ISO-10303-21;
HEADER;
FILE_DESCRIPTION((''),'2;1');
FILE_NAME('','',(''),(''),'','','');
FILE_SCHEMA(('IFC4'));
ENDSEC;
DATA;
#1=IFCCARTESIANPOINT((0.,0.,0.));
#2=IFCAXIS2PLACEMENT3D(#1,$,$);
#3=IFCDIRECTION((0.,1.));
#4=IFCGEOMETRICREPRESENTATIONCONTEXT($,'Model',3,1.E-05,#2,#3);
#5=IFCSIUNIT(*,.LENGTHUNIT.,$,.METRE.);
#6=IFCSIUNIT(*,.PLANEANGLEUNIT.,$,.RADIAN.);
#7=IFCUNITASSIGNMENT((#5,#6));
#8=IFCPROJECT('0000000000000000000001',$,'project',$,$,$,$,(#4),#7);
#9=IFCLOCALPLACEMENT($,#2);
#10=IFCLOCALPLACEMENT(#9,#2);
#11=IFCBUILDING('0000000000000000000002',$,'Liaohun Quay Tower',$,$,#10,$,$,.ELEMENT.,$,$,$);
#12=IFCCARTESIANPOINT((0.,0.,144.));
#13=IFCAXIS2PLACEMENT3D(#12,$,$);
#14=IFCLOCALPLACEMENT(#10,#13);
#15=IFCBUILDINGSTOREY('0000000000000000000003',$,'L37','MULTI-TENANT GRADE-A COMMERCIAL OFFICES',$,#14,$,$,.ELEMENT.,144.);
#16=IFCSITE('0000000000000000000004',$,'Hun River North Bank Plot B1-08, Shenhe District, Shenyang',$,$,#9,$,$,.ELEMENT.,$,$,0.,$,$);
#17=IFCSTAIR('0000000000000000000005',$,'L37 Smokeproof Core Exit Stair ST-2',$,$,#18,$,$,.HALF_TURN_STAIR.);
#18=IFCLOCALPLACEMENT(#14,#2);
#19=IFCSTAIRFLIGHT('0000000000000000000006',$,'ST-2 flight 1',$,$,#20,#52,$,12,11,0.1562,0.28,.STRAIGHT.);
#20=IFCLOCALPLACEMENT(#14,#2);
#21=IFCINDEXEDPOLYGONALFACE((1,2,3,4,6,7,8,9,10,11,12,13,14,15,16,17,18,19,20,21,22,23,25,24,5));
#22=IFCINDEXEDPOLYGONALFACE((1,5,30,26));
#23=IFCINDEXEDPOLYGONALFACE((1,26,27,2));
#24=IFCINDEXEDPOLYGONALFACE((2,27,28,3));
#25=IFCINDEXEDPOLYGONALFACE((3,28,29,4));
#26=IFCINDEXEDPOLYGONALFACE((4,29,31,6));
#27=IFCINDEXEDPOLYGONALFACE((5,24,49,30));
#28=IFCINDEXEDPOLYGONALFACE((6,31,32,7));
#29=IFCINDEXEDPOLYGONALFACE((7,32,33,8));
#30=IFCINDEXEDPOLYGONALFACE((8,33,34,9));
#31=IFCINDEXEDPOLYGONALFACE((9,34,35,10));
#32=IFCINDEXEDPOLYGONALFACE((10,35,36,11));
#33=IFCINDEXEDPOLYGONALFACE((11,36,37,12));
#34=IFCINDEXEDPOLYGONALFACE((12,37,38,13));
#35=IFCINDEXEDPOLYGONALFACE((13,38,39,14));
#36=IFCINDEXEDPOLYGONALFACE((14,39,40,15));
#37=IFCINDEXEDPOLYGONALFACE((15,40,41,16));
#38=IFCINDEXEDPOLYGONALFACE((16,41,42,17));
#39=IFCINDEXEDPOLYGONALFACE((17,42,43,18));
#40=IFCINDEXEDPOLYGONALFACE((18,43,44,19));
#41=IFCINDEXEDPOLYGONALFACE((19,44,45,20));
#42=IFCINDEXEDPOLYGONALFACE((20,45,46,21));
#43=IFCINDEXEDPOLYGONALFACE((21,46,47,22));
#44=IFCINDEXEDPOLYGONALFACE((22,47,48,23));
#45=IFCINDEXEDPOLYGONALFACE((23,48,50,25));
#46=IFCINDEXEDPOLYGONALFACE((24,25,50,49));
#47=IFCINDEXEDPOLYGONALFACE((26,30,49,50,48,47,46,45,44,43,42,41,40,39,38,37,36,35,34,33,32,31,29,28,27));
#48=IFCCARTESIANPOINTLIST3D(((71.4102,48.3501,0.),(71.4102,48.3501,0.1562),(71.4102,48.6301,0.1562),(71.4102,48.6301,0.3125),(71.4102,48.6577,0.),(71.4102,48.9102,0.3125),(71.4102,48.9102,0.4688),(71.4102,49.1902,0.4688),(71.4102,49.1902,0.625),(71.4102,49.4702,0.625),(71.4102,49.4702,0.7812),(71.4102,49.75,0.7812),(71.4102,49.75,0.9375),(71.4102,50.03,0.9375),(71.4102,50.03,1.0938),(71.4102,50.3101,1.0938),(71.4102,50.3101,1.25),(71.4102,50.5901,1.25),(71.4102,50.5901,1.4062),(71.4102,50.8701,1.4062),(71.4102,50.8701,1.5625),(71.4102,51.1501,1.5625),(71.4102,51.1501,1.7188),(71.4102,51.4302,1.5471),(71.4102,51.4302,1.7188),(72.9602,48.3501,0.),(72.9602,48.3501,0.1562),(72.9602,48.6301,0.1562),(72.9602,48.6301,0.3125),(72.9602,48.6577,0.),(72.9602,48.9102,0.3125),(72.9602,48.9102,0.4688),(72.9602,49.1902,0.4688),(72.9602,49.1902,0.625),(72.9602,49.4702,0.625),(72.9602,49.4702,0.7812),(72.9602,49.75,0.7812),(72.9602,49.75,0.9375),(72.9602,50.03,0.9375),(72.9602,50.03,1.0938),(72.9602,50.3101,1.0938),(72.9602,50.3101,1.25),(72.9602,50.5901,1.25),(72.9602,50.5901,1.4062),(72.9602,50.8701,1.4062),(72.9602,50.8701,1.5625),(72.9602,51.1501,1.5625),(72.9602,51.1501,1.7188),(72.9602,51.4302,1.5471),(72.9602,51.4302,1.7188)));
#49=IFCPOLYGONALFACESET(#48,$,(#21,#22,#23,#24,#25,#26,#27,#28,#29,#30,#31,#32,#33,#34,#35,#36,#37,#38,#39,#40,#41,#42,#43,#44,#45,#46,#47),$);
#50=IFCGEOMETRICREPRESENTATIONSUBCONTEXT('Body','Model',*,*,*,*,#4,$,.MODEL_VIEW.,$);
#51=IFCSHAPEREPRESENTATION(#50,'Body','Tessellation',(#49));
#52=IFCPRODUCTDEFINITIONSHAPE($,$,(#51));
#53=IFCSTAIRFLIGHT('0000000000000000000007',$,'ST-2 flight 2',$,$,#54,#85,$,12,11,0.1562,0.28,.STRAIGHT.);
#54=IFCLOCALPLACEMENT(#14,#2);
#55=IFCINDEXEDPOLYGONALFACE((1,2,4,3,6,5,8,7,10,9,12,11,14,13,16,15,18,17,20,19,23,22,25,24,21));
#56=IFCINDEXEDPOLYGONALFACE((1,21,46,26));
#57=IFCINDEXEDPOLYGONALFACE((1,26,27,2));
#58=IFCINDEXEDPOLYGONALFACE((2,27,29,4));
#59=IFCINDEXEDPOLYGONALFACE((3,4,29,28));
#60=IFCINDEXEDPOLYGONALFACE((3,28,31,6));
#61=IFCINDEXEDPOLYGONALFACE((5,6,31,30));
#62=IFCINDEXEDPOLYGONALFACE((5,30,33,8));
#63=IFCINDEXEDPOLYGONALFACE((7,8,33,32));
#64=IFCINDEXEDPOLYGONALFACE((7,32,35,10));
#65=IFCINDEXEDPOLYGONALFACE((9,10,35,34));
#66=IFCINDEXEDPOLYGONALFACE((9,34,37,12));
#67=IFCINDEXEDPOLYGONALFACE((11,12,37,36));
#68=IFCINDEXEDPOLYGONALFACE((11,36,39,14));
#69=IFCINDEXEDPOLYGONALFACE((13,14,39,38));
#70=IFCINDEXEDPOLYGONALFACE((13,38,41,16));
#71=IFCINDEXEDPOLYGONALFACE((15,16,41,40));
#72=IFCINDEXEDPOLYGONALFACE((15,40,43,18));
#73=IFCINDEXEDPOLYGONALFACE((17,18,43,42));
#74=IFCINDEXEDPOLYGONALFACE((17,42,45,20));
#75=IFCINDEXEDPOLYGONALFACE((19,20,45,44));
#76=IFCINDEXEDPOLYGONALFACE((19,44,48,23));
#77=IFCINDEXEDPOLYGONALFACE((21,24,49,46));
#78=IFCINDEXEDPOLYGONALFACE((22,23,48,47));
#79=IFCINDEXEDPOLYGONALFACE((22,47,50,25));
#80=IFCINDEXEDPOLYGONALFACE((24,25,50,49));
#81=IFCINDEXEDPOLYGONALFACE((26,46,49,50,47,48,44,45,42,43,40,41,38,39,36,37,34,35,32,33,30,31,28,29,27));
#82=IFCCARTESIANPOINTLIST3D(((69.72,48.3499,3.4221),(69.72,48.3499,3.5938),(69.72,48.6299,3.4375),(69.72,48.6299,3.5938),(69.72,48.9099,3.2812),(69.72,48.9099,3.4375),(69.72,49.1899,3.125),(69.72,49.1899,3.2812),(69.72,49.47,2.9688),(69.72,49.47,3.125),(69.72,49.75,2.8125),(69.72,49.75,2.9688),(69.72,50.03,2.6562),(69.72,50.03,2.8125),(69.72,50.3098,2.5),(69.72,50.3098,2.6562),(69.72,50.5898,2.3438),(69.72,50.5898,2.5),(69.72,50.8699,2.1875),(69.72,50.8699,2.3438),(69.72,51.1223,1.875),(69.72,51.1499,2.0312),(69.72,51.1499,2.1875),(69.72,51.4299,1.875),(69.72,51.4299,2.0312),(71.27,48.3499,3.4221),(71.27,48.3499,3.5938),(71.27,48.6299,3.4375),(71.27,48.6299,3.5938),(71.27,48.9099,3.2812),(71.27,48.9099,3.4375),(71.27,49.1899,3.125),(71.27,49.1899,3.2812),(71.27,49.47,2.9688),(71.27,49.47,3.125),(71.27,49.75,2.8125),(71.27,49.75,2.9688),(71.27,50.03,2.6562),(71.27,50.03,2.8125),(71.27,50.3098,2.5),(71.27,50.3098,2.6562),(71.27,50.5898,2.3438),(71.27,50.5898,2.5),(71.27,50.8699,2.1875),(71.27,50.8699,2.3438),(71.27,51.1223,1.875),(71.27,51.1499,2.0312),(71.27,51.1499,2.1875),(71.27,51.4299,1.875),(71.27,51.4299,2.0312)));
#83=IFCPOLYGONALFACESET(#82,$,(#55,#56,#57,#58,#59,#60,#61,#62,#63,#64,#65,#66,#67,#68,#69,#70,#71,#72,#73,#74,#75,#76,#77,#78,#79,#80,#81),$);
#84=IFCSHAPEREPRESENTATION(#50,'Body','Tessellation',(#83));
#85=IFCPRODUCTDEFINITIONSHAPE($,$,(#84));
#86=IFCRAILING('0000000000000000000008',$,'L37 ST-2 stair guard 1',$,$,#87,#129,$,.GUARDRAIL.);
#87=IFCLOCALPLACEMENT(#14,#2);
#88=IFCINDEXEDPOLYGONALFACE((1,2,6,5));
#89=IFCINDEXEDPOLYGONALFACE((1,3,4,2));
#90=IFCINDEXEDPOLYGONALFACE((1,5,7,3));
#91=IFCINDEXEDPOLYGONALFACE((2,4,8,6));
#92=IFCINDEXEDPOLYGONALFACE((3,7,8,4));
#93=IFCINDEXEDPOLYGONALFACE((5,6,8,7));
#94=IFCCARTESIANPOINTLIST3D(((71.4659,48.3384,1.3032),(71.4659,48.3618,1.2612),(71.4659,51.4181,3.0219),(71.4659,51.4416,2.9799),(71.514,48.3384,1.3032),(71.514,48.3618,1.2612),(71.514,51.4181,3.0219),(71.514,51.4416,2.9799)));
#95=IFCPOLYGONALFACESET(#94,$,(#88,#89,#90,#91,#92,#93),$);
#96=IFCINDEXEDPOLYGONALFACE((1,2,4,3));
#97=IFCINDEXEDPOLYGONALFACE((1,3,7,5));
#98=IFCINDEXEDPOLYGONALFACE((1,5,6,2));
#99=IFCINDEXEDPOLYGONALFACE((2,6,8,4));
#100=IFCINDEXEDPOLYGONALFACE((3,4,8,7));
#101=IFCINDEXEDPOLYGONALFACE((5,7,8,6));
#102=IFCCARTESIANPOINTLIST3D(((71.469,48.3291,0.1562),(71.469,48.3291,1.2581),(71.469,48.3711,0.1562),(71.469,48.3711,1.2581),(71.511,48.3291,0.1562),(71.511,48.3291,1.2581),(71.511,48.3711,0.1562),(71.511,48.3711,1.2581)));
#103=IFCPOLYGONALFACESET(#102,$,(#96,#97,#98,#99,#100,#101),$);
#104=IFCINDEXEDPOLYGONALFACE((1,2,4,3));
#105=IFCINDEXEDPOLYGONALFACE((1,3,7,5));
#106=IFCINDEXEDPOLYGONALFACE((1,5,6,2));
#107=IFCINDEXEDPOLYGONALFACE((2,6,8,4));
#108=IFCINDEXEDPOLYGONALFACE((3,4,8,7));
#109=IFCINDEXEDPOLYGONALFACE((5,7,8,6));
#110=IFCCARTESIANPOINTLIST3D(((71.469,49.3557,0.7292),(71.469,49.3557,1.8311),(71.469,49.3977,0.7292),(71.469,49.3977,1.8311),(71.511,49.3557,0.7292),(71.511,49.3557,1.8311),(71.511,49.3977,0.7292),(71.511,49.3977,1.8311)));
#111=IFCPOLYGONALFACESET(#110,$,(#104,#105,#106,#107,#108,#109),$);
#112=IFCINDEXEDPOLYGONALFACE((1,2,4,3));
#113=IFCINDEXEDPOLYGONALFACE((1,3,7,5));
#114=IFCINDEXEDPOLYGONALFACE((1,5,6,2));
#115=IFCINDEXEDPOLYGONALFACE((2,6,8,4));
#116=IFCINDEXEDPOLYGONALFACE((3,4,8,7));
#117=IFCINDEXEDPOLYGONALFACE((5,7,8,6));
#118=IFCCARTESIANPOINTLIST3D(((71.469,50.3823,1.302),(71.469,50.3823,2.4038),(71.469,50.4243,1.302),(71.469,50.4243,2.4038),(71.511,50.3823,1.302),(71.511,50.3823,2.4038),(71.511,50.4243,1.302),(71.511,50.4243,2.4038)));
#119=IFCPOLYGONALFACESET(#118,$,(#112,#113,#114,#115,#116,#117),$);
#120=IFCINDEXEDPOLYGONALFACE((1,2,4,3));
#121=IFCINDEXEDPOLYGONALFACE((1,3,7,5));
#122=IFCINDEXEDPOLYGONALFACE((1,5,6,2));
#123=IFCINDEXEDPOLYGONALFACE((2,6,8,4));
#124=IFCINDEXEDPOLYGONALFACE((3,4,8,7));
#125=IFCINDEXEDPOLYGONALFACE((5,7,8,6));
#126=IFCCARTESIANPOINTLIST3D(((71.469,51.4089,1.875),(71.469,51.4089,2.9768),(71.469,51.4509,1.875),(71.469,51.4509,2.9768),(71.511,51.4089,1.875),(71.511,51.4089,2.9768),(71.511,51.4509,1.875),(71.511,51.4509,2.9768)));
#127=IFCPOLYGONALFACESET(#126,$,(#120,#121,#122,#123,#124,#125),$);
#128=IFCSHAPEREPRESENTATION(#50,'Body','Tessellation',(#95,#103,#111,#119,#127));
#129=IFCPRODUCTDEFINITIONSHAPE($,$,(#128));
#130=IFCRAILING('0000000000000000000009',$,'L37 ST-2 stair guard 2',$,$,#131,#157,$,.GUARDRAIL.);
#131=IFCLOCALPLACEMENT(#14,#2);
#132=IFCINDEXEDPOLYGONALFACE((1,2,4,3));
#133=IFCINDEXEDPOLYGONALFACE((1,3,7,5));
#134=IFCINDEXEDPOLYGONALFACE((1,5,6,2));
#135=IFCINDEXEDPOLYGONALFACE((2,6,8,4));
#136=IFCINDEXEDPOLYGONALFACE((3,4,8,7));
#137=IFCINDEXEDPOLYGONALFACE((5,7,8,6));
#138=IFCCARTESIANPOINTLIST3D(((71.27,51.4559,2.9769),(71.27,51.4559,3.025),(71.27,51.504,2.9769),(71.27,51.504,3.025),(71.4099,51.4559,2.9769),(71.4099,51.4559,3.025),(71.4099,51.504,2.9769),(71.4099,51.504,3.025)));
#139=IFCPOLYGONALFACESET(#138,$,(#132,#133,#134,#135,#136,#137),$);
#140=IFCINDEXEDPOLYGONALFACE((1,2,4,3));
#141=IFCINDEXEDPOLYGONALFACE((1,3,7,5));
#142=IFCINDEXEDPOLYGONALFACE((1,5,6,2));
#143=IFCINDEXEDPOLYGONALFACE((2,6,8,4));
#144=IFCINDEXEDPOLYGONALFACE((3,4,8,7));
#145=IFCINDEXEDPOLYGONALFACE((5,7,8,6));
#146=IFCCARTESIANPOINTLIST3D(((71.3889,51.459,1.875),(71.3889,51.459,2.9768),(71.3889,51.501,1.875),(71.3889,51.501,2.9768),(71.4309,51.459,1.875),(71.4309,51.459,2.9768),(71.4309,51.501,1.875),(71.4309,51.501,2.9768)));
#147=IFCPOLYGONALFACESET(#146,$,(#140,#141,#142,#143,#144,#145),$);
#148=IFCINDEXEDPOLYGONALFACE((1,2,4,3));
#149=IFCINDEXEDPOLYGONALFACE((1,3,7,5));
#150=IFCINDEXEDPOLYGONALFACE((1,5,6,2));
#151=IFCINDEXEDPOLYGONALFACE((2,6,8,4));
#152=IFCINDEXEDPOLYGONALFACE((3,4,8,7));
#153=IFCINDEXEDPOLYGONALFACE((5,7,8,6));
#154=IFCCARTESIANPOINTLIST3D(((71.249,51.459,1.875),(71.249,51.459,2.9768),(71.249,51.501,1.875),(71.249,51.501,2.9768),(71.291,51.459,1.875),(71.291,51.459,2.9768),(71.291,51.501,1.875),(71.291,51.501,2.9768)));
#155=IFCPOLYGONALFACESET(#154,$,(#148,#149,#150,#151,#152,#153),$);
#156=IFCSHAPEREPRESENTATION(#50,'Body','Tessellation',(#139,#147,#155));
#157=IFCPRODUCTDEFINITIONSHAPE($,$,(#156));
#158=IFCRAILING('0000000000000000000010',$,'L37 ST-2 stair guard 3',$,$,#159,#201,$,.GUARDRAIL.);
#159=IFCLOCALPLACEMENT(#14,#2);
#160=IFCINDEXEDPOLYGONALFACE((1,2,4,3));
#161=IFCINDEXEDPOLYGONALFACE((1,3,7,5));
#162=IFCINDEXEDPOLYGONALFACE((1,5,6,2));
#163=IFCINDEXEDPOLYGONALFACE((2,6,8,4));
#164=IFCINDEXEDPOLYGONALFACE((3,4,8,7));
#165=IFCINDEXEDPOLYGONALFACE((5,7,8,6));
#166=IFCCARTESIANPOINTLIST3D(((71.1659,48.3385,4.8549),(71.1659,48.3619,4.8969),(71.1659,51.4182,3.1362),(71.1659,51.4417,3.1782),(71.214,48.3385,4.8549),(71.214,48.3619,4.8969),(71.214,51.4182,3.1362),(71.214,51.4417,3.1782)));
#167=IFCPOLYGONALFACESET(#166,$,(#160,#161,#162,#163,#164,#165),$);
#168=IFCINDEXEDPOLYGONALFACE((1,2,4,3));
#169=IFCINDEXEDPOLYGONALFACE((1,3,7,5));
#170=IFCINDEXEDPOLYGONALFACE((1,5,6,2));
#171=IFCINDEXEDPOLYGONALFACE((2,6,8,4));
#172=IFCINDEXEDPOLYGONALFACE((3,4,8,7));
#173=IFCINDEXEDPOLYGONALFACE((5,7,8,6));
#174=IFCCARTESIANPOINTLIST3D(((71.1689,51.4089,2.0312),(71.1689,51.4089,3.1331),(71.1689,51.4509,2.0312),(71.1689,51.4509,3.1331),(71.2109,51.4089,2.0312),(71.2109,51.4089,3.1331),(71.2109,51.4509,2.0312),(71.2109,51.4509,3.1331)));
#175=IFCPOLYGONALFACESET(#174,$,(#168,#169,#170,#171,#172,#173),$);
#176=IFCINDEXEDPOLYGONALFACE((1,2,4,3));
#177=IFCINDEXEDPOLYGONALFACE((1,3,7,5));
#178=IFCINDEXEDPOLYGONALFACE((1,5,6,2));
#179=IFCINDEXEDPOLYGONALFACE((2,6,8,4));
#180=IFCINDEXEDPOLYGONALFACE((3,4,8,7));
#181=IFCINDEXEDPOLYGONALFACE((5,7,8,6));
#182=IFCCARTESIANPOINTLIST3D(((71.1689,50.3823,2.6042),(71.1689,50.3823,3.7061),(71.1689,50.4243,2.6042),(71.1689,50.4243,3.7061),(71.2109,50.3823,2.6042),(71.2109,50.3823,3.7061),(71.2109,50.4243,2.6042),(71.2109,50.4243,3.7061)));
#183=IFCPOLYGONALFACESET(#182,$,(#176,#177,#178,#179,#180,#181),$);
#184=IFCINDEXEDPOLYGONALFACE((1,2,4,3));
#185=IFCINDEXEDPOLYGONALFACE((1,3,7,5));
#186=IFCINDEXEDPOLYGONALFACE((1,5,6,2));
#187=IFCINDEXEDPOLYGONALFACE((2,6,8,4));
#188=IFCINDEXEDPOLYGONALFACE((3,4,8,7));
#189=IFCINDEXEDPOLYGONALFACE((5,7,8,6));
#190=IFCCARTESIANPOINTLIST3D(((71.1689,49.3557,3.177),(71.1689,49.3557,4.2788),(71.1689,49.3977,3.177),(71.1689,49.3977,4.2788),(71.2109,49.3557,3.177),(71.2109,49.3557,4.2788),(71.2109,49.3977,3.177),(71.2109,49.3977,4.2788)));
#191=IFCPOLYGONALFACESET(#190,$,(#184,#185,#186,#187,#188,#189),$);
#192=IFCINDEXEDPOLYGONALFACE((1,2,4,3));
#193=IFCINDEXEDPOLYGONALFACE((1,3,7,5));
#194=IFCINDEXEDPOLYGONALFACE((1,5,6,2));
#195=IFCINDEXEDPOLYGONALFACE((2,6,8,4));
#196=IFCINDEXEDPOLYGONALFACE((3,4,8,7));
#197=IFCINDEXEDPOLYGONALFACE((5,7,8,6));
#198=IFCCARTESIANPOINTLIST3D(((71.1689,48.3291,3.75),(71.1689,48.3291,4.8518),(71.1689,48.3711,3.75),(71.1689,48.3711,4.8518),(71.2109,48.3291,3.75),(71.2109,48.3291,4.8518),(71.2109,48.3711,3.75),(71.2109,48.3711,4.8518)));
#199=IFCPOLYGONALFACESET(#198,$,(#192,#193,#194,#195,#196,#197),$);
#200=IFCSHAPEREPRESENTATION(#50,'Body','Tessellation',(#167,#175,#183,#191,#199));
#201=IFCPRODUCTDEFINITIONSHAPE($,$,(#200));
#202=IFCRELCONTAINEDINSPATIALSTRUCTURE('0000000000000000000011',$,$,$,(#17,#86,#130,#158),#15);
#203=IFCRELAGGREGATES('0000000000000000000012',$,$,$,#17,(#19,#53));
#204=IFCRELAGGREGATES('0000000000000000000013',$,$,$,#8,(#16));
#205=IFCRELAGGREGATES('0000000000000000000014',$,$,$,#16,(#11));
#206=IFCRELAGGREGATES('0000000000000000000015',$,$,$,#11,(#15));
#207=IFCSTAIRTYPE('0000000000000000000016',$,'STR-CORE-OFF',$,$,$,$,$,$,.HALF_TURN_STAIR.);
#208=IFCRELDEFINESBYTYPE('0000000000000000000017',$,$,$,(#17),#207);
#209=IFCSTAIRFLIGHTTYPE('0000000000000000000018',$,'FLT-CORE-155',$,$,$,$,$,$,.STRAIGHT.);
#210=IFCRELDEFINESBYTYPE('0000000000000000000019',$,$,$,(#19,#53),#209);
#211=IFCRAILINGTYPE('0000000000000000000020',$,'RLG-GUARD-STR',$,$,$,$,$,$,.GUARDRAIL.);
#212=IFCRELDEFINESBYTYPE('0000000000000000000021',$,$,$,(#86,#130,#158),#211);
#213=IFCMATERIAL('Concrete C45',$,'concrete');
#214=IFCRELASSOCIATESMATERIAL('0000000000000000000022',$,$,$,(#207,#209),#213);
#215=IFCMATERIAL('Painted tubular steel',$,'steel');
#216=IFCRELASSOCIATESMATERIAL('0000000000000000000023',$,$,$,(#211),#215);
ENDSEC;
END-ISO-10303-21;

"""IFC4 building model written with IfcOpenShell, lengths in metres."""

from ifc_helpers import new_model, si_unit, direction, frame, origin, origin_2d, place, context, subcontext, project, spatial, polyline, rectangle, outline, extrude, material, type_object, element, aggregate, save


model = new_model("IFC4")

# Units and contexts
model_context = context("Model", 3, precision=1e-05, world=origin(), true_north=direction((0.0, 1.0)))
body_context = subcontext(model_context, "Body", "Model", "MODEL_VIEW")
ifc_project = project(units=[si_unit("LENGTHUNIT", "METRE"), si_unit("PLANEANGLEUNIT", "RADIAN")], contexts=[model_context])

# Site, building, storey
site_placement = place(None, origin())
site = spatial("IfcSite", under=ifc_project, at=site_placement, Name="Hun River North Bank Plot B1-08, Shenhe District, Shenyang", CompositionType="ELEMENT", RefElevation=0.0)
building_placement = place(site_placement, origin())
building = spatial("IfcBuilding", under=site, at=building_placement, Name="Liaohun Quay Tower", CompositionType="ELEMENT")
storey_placement = place(building_placement, frame((0.0, 0.0, 144.0)))
storey = spatial("IfcBuildingStorey", under=building, at=storey_placement, Name="L37", Description="MULTI-TENANT GRADE-A COMMERCIAL OFFICES", CompositionType="ELEMENT", Elevation=144.0)

# Stair, stair flights
ifc_material_1 = material(Name="Concrete C45", Category="concrete")
stair_type = type_object("IfcStairType", Name="STR-CORE-OFF", PredefinedType="HALF_TURN_STAIR", material=ifc_material_1)
stair_placement = place(storey_placement, origin())
stair = element("IfcStair", 1, at=stair_placement, inside=storey, type_object=stair_type, Name="L37 Smokeproof Core Exit Stair ST-2", PredefinedType="HALF_TURN_STAIR")
stair_flight_type = type_object("IfcStairFlightType", Name="FLT-CORE-155", PredefinedType="STRAIGHT", material=ifc_material_1)
stair_flight_1_placement = place(storey_placement, frame((72.1851, 48.3501, 0.0), z_axis=(0.0, 0.0, 1.0), x_axis=(0.0, 1.0, 0.0)))
stair_flight_1 = element("IfcStairFlight", 2, at=stair_flight_1_placement, type_object=stair_flight_type, Name="ST-2 flight 1", NumberOfRisers=12, NumberOfTreads=11, PredefinedType="STRAIGHT", RiserHeight=0.1562, TreadLength=0.28, context=body_context, shape_type="SweptSolid", body=[
    extrude(outline(polyline([(0.0, 0.0), (0.0, 0.1562), (0.28, 0.1562), (0.28, 0.3125), (0.5601, 0.3125), (0.5601, 0.4688), (0.8401, 0.4688), (0.8401, 0.625), (1.1201, 0.625), (1.1201, 0.7812), (1.3999, 0.7812), (1.3999, 0.9375), (1.6799, 0.9375), (1.6799, 1.0938), (1.96, 1.0938), (1.96, 1.25), (2.24, 1.25), (2.24, 1.4062), (2.52, 1.4062), (2.52, 1.5625), (2.8, 1.5625), (2.8, 1.7188), (3.0801, 1.7188), (3.0801, 1.875), (3.0801, 1.5471), (0.3076, 0.0), (0.0, 0.0)])), frame((0.0, 0.7749, 0.0), z_axis=(0.0, -1.0, 0.0), x_axis=(1.0, 0.0, 0.0)), (0.0, 0.0, 1.0), 1.55),
])
stair_flight_2_placement = place(storey_placement, frame((70.4951, 51.4299, 1.875), z_axis=(0.0, 0.0, 1.0), x_axis=(0.0, -1.0, 0.0)))
stair_flight_2 = element("IfcStairFlight", 3, at=stair_flight_2_placement, type_object=stair_flight_type, Name="ST-2 flight 2", NumberOfRisers=12, NumberOfTreads=11, PredefinedType="STRAIGHT", RiserHeight=0.1562, TreadLength=0.28, context=body_context, shape_type="SweptSolid", body=[
    extrude(outline(polyline([(0.0, 0.0), (0.0, 0.1562), (0.28, 0.1562), (0.28, 0.3125), (0.5601, 0.3125), (0.5601, 0.4688), (0.8401, 0.4688), (0.8401, 0.625), (1.1201, 0.625), (1.1201, 0.7812), (1.3999, 0.7812), (1.3999, 0.9375), (1.6799, 0.9375), (1.6799, 1.0938), (1.96, 1.0938), (1.96, 1.25), (2.24, 1.25), (2.24, 1.4062), (2.52, 1.4062), (2.52, 1.5625), (2.8, 1.5625), (2.8, 1.7188), (3.0801, 1.7188), (3.0801, 1.875), (3.0801, 1.5471), (0.3076, 0.0), (0.0, 0.0)])), frame((0.0, 0.7749, 0.0), z_axis=(0.0, -1.0, 0.0), x_axis=(1.0, 0.0, 0.0)), (0.0, 0.0, 1.0), 1.55),
])
aggregate(stair, [stair_flight_1, stair_flight_2])

# Railings
ifc_material_2 = material(Name="Painted tubular steel", Category="steel")
railing_type_1 = type_object("IfcRailingType", Name="RLG-GUARD-STR", PredefinedType="GUARDRAIL", material=ifc_material_2)
railing_1_placement = place(storey_placement, frame((71.49, 48.3501, 0.1562)))
element("IfcRailing", 4, at=railing_1_placement, inside=storey, type_object=railing_type_1, Name="L37 ST-2 stair guard 1", PredefinedType="GUARDRAIL", context=body_context, shape_type="SweptSolid", body=[
    extrude(rectangle(XDim=0.0481, YDim=0.0481, at=origin_2d()), frame((0.0, 0.0, 1.126), z_axis=(0.0, 0.873225, 0.487317), x_axis=(-1.0, 0.0, 0.0)), (0.0, 0.0, 1.0), 3.5269),
    extrude(rectangle(XDim=0.042, YDim=0.042, at=origin_2d()), origin(), (0.0, 0.0, 1.0), 1.1018),
    extrude(rectangle(XDim=0.042, YDim=0.042, at=origin_2d()), frame((0.0, 1.0266, 0.573)), (0.0, 0.0, 1.0), 1.1018),
    extrude(rectangle(XDim=0.042, YDim=0.042, at=origin_2d()), frame((0.0, 2.0532, 1.1458)), (0.0, 0.0, 1.0), 1.1018),
    extrude(rectangle(XDim=0.042, YDim=0.042, at=origin_2d()), frame((0.0, 3.0798, 1.7188)), (0.0, 0.0, 1.0), 1.1018),
])
railing_2_placement = place(storey_placement, frame((71.4099, 51.48, 1.875)))
element("IfcRailing", 5, at=railing_2_placement, inside=storey, type_object=railing_type_1, Name="L37 ST-2 stair guard 2", PredefinedType="GUARDRAIL", context=body_context, shape_type="SweptSolid", body=[
    extrude(rectangle(XDim=0.0481, YDim=0.0481, at=origin_2d()), frame((0.0, 0.0, 1.126), z_axis=(-1.0, 0.0, 0.0), x_axis=(0.0, -1.0, 0.0)), (0.0, 0.0, 1.0), 0.1399),
    extrude(rectangle(XDim=0.042, YDim=0.042, at=origin_2d()), origin(), (0.0, 0.0, 1.0), 1.1018),
    extrude(rectangle(XDim=0.042, YDim=0.042, at=origin_2d()), frame((-0.1399, 0.0, 0.0)), (0.0, 0.0, 1.0), 1.1018),
])
railing_3_placement = place(storey_placement, frame((71.1899, 51.4299, 2.0312)))
element("IfcRailing", 6, at=railing_3_placement, inside=storey, type_object=railing_type_1, Name="L37 ST-2 stair guard 3", PredefinedType="GUARDRAIL", context=body_context, shape_type="SweptSolid", body=[
    extrude(rectangle(XDim=0.0481, YDim=0.0481, at=origin_2d()), frame((0.0, 0.0, 1.126), z_axis=(0.0, -0.873225, 0.487317), x_axis=(1.0, 0.0, 0.0)), (0.0, 0.0, 1.0), 3.5269),
    extrude(rectangle(XDim=0.042, YDim=0.042, at=origin_2d()), origin(), (0.0, 0.0, 1.0), 1.1018),
    extrude(rectangle(XDim=0.042, YDim=0.042, at=origin_2d()), frame((0.0, -1.0266, 0.573)), (0.0, 0.0, 1.0), 1.1018),
    extrude(rectangle(XDim=0.042, YDim=0.042, at=origin_2d()), frame((0.0, -2.0532, 1.1458)), (0.0, 0.0, 1.0), 1.1018),
    extrude(rectangle(XDim=0.042, YDim=0.042, at=origin_2d()), frame((0.0, -3.0798, 1.7188)), (0.0, 0.0, 1.0), 1.1018),
])

save(model, "model.ifc")
